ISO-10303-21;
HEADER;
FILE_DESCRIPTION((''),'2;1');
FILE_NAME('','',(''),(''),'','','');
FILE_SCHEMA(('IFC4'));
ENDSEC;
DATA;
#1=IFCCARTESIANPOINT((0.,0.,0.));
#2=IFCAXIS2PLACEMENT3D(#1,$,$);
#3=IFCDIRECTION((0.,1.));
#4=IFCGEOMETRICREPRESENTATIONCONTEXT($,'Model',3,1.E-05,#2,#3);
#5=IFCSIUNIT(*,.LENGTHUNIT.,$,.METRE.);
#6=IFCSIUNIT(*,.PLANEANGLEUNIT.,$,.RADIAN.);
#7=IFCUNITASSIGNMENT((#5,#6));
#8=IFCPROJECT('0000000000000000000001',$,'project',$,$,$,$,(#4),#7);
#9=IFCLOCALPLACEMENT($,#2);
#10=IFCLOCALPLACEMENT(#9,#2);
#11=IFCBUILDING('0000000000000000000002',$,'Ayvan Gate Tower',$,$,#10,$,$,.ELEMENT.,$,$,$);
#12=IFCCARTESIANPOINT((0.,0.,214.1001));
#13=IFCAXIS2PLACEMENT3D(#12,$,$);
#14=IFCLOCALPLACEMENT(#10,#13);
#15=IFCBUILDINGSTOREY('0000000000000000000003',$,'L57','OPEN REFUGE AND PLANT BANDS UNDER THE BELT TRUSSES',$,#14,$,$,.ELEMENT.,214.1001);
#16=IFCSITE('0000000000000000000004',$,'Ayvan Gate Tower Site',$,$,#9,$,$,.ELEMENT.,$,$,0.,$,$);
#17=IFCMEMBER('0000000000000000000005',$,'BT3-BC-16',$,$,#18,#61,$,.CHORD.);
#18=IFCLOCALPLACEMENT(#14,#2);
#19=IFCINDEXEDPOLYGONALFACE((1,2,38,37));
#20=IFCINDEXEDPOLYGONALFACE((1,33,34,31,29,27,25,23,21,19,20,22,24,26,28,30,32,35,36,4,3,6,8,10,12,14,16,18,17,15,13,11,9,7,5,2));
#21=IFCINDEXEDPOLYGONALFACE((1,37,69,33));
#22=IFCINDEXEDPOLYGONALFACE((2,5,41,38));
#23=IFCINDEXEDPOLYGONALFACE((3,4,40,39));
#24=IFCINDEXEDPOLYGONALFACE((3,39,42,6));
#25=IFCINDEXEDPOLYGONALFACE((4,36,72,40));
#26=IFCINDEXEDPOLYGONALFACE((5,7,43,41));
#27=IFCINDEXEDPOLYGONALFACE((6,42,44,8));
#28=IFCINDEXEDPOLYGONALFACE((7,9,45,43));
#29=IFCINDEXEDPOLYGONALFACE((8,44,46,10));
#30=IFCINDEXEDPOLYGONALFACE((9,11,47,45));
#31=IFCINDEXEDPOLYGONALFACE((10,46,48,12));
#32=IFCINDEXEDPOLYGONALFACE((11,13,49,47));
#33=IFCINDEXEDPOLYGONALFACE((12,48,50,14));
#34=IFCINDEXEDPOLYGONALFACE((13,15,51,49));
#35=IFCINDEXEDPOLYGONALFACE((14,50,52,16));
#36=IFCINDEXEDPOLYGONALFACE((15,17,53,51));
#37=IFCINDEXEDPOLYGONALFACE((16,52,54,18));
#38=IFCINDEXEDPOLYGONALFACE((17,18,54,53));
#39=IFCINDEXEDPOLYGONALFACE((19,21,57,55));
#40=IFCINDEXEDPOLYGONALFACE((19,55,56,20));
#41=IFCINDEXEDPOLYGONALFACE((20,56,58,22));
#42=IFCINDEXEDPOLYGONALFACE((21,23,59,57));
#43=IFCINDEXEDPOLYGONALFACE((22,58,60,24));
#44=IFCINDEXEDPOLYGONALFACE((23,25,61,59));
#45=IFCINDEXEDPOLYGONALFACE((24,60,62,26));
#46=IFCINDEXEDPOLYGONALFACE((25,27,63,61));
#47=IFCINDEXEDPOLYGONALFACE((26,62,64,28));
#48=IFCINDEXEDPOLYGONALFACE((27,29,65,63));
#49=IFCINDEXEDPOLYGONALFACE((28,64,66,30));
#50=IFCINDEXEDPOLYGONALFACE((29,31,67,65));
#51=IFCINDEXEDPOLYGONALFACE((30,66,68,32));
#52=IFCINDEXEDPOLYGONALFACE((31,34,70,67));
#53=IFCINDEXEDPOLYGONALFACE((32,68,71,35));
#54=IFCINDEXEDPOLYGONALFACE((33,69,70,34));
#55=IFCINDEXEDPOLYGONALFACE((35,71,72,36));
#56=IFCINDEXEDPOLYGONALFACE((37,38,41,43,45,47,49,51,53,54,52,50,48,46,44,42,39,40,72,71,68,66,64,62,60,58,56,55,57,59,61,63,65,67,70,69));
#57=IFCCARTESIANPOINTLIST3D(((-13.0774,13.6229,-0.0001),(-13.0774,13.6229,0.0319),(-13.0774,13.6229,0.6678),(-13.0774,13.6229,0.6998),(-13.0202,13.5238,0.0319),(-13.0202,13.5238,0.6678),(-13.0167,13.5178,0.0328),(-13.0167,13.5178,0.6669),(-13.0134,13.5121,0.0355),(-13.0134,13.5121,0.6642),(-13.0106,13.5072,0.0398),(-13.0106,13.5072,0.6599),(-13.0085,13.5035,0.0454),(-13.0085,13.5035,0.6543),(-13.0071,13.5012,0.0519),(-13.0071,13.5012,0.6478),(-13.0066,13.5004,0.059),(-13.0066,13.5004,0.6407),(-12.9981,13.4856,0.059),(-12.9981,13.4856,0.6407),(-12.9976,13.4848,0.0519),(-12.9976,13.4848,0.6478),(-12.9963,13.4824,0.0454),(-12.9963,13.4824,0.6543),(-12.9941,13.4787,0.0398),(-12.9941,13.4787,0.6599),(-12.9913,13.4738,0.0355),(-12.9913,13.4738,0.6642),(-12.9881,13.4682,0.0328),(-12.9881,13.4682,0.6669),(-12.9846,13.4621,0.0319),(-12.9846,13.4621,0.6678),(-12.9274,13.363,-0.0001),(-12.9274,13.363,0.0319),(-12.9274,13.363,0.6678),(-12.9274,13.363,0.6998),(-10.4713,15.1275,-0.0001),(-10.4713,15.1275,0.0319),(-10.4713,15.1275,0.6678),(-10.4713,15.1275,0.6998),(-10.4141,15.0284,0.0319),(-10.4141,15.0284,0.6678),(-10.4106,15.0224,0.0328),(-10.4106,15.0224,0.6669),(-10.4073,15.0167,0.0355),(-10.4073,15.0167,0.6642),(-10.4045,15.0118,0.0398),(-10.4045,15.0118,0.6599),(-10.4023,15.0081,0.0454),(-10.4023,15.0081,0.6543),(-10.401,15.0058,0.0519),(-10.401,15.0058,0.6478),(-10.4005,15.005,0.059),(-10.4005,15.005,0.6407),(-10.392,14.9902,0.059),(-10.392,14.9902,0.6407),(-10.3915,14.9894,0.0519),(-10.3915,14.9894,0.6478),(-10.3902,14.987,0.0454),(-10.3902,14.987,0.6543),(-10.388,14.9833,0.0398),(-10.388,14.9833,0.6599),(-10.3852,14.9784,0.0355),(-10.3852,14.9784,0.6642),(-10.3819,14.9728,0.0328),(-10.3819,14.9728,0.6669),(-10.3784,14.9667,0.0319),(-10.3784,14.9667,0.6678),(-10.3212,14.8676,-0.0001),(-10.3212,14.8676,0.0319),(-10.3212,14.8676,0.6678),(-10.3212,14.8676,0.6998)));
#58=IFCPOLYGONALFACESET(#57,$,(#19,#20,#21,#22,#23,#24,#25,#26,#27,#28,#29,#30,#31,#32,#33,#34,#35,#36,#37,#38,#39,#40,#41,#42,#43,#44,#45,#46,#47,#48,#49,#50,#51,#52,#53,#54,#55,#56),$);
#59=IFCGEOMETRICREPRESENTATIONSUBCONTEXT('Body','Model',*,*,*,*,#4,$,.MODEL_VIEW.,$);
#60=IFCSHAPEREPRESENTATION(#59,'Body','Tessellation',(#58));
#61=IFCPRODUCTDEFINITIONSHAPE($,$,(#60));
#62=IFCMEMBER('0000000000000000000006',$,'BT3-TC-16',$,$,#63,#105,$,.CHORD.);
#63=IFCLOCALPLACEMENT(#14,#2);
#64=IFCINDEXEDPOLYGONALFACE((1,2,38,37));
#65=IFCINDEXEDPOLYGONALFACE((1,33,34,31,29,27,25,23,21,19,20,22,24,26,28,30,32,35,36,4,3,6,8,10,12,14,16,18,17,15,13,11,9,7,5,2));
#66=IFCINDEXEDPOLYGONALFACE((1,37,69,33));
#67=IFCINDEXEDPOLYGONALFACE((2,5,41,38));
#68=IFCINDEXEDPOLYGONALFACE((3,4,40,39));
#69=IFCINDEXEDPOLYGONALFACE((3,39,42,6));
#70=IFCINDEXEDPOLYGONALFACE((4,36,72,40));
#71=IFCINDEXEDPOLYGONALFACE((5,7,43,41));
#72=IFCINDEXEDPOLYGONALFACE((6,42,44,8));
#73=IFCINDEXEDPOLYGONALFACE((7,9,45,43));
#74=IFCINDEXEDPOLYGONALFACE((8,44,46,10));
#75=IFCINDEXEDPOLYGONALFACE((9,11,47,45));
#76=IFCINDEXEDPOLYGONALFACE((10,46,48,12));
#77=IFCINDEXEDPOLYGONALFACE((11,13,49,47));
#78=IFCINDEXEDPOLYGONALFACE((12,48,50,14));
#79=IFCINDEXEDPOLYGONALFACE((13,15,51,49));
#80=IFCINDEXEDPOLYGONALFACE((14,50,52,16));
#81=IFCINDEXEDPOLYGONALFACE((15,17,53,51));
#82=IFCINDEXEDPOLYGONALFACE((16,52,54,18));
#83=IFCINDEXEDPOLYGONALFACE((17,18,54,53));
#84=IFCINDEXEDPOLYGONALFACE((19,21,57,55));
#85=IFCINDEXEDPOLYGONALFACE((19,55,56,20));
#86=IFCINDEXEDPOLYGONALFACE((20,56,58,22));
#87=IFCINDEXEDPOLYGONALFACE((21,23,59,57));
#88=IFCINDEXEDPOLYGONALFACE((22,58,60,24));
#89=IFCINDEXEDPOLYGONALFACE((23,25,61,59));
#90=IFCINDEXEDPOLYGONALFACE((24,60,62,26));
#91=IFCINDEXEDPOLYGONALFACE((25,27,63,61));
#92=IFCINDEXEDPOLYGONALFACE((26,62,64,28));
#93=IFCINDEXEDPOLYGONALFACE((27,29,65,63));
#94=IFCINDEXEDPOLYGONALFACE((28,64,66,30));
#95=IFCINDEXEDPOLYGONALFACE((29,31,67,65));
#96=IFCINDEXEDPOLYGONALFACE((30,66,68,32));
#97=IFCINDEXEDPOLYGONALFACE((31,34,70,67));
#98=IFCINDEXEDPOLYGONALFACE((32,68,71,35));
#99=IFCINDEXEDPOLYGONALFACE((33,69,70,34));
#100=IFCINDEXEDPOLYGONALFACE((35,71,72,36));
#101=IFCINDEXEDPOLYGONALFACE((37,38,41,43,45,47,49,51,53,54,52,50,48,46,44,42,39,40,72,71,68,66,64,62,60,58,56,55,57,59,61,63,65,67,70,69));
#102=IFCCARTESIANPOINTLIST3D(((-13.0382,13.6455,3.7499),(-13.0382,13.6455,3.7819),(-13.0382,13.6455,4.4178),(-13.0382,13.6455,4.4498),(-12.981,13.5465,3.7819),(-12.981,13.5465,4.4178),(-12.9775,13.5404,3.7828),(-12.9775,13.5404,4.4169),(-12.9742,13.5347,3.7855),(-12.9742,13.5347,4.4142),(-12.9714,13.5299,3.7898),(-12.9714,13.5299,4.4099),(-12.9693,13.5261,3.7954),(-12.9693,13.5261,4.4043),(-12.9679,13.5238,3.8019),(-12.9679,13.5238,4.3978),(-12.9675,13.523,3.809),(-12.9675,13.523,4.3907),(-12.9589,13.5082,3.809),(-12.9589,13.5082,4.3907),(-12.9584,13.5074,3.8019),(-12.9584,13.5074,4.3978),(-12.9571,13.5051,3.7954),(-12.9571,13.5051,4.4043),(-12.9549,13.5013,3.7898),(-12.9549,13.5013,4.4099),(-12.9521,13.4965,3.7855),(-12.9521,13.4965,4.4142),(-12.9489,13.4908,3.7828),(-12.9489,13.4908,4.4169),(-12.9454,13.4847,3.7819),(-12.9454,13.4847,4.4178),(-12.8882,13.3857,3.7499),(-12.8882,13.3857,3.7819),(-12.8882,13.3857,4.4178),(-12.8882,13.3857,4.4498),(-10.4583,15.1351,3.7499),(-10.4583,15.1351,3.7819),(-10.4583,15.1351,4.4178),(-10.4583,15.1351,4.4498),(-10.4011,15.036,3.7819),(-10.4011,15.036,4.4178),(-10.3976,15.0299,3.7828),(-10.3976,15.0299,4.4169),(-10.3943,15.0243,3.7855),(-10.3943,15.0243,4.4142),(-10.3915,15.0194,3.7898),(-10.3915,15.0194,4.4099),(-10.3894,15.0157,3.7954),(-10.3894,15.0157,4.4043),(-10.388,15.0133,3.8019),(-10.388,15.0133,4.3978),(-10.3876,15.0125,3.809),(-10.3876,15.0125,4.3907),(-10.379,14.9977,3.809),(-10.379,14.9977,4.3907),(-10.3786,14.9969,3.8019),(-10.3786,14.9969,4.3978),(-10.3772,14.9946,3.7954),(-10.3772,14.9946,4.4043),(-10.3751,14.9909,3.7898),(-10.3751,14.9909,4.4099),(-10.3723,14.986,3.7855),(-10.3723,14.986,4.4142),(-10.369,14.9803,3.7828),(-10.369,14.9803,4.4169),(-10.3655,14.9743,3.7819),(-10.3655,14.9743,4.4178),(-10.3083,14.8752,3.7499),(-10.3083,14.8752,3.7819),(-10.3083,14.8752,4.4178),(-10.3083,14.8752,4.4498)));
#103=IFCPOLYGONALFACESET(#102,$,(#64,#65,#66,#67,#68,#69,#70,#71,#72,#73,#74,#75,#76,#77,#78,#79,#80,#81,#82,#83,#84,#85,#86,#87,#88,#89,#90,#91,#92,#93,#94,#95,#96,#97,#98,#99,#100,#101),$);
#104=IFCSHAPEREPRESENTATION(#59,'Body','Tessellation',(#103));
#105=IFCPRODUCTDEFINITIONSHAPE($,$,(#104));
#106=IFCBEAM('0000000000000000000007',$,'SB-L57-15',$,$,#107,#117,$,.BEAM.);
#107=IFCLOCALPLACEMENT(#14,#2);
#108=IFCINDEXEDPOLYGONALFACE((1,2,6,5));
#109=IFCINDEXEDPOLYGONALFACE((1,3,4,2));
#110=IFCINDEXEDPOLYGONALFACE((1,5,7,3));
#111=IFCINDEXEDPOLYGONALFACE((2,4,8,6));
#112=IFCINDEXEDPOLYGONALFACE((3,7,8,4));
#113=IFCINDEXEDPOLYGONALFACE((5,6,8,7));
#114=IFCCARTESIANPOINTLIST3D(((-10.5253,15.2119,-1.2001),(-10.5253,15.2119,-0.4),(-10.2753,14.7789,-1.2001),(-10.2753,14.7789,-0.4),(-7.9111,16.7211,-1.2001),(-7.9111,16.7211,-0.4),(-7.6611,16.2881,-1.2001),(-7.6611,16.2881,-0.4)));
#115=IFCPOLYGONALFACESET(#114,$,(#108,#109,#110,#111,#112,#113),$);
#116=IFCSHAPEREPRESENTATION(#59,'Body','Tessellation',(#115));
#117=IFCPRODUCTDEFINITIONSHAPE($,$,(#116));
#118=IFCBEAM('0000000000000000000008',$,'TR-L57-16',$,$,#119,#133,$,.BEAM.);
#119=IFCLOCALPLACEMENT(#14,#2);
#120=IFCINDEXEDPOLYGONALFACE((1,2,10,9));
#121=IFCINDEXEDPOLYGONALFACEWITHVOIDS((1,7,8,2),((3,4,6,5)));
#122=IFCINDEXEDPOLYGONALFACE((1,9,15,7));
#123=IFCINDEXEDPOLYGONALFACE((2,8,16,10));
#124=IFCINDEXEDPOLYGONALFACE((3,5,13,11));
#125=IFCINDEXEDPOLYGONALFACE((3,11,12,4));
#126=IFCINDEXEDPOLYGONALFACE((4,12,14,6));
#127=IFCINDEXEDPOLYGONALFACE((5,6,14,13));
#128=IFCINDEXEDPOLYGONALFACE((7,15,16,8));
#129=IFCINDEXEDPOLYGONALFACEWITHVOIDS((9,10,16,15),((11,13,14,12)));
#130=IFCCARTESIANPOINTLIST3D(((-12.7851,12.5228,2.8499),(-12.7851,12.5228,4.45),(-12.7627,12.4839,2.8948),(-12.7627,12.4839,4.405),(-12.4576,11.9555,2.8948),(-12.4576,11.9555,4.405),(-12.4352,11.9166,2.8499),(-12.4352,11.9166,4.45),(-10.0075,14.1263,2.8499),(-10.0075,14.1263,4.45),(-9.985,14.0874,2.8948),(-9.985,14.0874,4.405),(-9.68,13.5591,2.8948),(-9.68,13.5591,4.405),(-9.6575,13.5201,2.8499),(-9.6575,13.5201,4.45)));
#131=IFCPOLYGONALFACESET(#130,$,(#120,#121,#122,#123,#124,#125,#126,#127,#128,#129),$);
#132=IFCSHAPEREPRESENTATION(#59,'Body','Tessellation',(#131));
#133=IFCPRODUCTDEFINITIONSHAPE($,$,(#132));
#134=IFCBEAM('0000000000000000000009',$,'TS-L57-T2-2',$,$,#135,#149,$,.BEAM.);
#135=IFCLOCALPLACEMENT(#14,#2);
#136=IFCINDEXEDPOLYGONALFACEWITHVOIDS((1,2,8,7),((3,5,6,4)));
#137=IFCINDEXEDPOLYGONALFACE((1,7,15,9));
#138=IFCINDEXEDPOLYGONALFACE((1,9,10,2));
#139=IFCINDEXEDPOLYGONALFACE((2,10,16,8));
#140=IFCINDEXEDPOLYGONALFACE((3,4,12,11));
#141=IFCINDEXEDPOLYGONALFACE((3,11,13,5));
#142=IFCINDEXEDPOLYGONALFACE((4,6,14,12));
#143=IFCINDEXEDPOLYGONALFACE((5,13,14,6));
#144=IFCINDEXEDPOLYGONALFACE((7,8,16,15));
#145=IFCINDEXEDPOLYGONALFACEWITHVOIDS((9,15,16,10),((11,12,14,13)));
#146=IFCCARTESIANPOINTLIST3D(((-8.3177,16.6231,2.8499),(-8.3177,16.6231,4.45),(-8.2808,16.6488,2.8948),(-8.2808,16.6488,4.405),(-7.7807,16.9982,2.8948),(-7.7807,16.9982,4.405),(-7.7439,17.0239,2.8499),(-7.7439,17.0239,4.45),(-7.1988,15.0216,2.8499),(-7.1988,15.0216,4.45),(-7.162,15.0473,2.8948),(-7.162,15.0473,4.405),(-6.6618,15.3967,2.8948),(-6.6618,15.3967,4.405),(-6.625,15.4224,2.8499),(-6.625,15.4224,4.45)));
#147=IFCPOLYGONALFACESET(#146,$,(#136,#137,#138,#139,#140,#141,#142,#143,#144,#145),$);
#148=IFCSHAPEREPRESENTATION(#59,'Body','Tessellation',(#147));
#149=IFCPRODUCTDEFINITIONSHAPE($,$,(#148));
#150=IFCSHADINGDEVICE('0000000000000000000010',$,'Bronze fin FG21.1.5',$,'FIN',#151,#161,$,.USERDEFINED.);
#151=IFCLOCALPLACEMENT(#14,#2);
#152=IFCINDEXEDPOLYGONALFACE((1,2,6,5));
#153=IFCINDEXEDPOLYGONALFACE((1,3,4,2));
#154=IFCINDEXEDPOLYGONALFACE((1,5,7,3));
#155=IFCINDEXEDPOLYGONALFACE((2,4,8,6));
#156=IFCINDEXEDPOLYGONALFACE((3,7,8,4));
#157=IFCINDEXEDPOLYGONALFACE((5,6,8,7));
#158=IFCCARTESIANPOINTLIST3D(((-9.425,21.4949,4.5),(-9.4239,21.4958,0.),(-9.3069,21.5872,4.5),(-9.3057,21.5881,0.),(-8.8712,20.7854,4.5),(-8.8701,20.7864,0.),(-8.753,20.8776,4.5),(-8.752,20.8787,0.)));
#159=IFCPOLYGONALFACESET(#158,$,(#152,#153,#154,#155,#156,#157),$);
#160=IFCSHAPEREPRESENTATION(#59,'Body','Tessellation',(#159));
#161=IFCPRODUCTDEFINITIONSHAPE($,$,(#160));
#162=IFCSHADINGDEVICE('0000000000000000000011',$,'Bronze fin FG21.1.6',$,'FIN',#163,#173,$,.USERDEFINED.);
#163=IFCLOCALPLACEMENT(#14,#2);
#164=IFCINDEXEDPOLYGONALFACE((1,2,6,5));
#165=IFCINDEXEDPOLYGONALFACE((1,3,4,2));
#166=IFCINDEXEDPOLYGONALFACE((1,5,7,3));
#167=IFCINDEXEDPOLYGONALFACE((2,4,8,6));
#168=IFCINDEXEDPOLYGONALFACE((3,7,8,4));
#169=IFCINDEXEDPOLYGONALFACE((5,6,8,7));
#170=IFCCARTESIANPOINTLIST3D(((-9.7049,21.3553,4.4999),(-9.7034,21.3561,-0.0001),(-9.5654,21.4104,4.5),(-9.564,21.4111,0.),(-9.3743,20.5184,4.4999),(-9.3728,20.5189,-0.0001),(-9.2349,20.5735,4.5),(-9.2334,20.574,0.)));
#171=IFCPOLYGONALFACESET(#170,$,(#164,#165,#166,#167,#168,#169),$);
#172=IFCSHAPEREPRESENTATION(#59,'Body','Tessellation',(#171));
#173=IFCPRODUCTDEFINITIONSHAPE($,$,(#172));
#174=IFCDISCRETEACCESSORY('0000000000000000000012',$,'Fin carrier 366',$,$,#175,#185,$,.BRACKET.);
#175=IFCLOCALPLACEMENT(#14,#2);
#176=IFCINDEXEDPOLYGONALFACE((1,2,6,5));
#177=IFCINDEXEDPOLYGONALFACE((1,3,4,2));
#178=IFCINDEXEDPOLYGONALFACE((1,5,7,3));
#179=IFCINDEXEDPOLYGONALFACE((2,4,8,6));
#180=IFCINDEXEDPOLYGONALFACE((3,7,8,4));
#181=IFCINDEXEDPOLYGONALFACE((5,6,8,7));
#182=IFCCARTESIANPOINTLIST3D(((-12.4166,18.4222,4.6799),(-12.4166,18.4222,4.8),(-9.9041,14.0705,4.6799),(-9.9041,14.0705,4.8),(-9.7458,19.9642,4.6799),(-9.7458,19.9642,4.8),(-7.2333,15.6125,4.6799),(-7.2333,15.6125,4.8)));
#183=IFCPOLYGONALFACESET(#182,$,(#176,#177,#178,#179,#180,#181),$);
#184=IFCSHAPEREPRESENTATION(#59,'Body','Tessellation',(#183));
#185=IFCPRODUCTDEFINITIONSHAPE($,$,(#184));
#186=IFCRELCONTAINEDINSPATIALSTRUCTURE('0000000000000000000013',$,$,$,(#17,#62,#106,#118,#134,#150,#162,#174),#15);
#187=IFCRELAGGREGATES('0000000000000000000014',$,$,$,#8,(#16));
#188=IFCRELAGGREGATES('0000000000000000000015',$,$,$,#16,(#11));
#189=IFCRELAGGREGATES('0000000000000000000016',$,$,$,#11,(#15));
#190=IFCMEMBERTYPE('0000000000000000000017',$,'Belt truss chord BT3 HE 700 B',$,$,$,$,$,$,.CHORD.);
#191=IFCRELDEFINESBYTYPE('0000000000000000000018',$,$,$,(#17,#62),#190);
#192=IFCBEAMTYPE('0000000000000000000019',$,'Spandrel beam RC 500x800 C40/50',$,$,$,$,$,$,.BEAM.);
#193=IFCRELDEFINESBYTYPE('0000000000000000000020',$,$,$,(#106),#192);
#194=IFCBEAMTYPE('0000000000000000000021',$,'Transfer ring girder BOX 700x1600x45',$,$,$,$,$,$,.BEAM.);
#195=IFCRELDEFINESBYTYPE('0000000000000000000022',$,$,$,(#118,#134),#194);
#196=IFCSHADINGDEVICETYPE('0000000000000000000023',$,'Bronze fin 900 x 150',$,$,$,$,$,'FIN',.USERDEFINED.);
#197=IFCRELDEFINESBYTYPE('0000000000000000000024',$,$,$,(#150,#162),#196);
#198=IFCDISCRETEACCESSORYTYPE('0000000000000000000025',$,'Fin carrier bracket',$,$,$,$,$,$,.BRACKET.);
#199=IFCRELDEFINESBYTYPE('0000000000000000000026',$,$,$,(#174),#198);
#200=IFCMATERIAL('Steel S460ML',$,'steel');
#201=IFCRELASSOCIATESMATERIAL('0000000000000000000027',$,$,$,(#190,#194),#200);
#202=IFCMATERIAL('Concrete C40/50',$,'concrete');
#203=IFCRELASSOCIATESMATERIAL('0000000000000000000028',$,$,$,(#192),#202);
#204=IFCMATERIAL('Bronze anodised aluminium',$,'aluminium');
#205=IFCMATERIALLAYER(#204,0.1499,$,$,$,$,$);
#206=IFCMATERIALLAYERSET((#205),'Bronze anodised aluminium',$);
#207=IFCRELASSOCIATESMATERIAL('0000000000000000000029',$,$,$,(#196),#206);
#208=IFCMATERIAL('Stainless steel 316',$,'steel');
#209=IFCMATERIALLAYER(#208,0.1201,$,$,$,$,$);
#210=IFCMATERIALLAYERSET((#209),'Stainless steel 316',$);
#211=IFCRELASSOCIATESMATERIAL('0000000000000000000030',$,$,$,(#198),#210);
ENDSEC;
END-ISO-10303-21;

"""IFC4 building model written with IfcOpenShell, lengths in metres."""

from ifc_helpers import new_model, si_unit, direction, frame, origin, origin_2d, place, context, subcontext, project, spatial, polyline, rectangle, hollow_rectangle, i_section, outline, extrude, material, layer, layer_set, material_profile, profile_set, type_object, element, save


model = new_model("IFC4")

# Units and contexts
model_context = context("Model", 3, precision=1e-05, world=origin(), true_north=direction((0.0, 1.0)))
body_context = subcontext(model_context, "Body", "Model", "MODEL_VIEW")
ifc_project = project(units=[si_unit("LENGTHUNIT", "METRE"), si_unit("PLANEANGLEUNIT", "RADIAN")], contexts=[model_context])

# Site, building, storey
site_placement = place(None, origin())
site = spatial("IfcSite", under=ifc_project, at=site_placement, Name="Ayvan Gate Tower Site", CompositionType="ELEMENT", RefElevation=0.0)
building_placement = place(site_placement, origin())
building = spatial("IfcBuilding", under=site, at=building_placement, Name="Ayvan Gate Tower", CompositionType="ELEMENT")
storey_placement = place(building_placement, frame((0.0, 0.0, 214.1001)))
storey = spatial("IfcBuildingStorey", under=building, at=storey_placement, Name="L57", Description="OPEN REFUGE AND PLANT BANDS UNDER THE BELT TRUSSES", CompositionType="ELEMENT", Elevation=214.1001)

# Members
ifc_material_1 = material(Name="Steel S460ML", Category="steel")
ifc_material_profile_1 = material_profile(ifc_material_1, i_section(OverallWidth=0.3, OverallDepth=0.7, WebThickness=0.0171, FlangeThickness=0.032, FilletRadius=0.0271, at=origin_2d()), Name="HE 700 B")
ifc_profile_set_1 = profile_set([ifc_material_profile_1], Name="Steel S460ML")
member_type_1 = type_object("IfcMemberType", Name="Belt truss chord BT3 HE 700 B", PredefinedType="CHORD", material=ifc_profile_set_1)
member_1_placement = place(storey_placement, frame((-10.3962, 14.9976, 0.3499), z_axis=(-0.866033, -0.499987, 0.0), x_axis=(0.499987, -0.866033, 0.0)))
element("IfcMember", 1, at=member_1_placement, inside=storey, type_object=member_type_1, Name="BT3-BC-16", PredefinedType="CHORD", context=body_context, shape_type="SweptSolid", body=[
    extrude(i_section(OverallWidth=0.3, OverallDepth=0.7, WebThickness=0.0171, FlangeThickness=0.032, FilletRadius=0.0271, at=origin_2d()), origin(), (0.0, 0.0, 1.0), 3.0093),
])
member_2_placement = place(storey_placement, frame((-10.3833, 15.0051, 4.0999), z_axis=(-0.86602, -0.500009, 0.0), x_axis=(0.500009, -0.86602, 0.0)))
element("IfcMember", 2, at=member_2_placement, inside=storey, type_object=member_type_1, Name="BT3-TC-16", PredefinedType="CHORD", context=body_context, shape_type="SweptSolid", body=[
    extrude(i_section(OverallWidth=0.3, OverallDepth=0.7, WebThickness=0.0171, FlangeThickness=0.032, FilletRadius=0.0271, at=origin_2d()), origin(), (0.0, 0.0, 1.0), 2.979),
])

# Beams
ifc_material_2 = material(Name="Concrete C40/50", Category="concrete")
ifc_material_profile_2 = material_profile(ifc_material_2, rectangle(XDim=0.5, YDim=0.8, at=origin_2d()), Name="RC 500x800")
ifc_profile_set_2 = profile_set([ifc_material_profile_2], Name="Concrete C40/50")
beam_type_1 = type_object("IfcBeamType", Name="Spandrel beam RC 500x800 C40/50", PredefinedType="BEAM", material=ifc_profile_set_2)
beam_1_placement = place(storey_placement, frame((-7.7861, 16.5046, -0.8), z_axis=(-0.866035, -0.499984, 0.0), x_axis=(0.499984, -0.866035, 0.0)))
element("IfcBeam", 3, at=beam_1_placement, inside=storey, type_object=beam_type_1, Name="SB-L57-15", PredefinedType="BEAM", context=body_context, shape_type="SweptSolid", body=[
    extrude(rectangle(XDim=0.5, YDim=0.8, at=origin_2d()), origin(), (0.0, 0.0, 1.0), 3.0186),
])
ifc_material_profile_3 = material_profile(ifc_material_1, hollow_rectangle(XDim=0.7, YDim=1.6001, WallThickness=0.0449, at=origin_2d()), Name="BOX 700x1600x45")
ifc_profile_set_3 = profile_set([ifc_material_profile_3], Name="Steel S460ML")
beam_type_2 = type_object("IfcBeamType", Name="Transfer ring girder BOX 700x1600x45", PredefinedType="BEAM", material=ifc_profile_set_3)
beam_2_placement = place(storey_placement, frame((-9.8325, 13.8232, 3.6499), z_axis=(-0.866042, -0.499971, 0.0), x_axis=(0.499971, -0.866042, 0.0)))
element("IfcBeam", 4, at=beam_2_placement, inside=storey, type_object=beam_type_2, Name="TR-L57-16", PredefinedType="BEAM", context=body_context, shape_type="SweptSolid", body=[
    extrude(hollow_rectangle(XDim=0.7, YDim=1.6001, WallThickness=0.0449, at=origin_2d()), origin(), (0.0, 0.0, 1.0), 3.2073),
])
beam_3_placement = place(storey_placement, frame((-8.0308, 16.8235, 3.6499), z_axis=(0.572707, -0.81976, 0.0), x_axis=(0.81976, 0.572707, 0.0)))
element("IfcBeam", 5, at=beam_3_placement, inside=storey, type_object=beam_type_2, Name="TS-L57-T2-2", PredefinedType="BEAM", context=body_context, shape_type="SweptSolid", body=[
    extrude(hollow_rectangle(XDim=0.7, YDim=1.6001, WallThickness=0.0449, at=origin_2d()), origin(), (0.0, 0.0, 1.0), 1.9536),
])

# Shading devices
ifc_material_3 = material(Name="Bronze anodised aluminium", Category="aluminium")
ifc_layer_1 = layer(ifc_material_3, 0.1499)
ifc_layer_set_1 = layer_set([ifc_layer_1], Name="Bronze anodised aluminium")
shading_device_type = type_object("IfcShadingDeviceType", Name="Bronze fin 900 x 150", ElementType="FIN", PredefinedType="USERDEFINED", material=ifc_layer_set_1)
shading_device_1_placement = place(storey_placement, frame((-8.752, 20.8787, 0.0), z_axis=(0.788263, 0.615339, 0.000326), x_axis=(-0.615339, 0.788263, 0.0)))
element("IfcShadingDevice", 6, at=shading_device_1_placement, inside=storey, type_object=shading_device_type, Name="Bronze fin FG21.1.5", ObjectType="FIN", PredefinedType="USERDEFINED", context=body_context, shape_type="SweptSolid", body=[
    extrude(outline(polyline([(0.0, 0.0), (0.9, 0.0), (0.9, 4.5), (-0.0002, 4.5), (0.0, 0.0)])), origin(), (0.0, 0.0, -1.0), 0.1499),
])
shading_device_2_placement = place(storey_placement, frame((-9.2334, 20.574, 0.0), z_axis=(0.930095, 0.367318, 0.000353), x_axis=(-0.367318, 0.930095, 0.0)))
element("IfcShadingDevice", 7, at=shading_device_2_placement, inside=storey, type_object=shading_device_type, Name="Bronze fin FG21.1.6", ObjectType="FIN", PredefinedType="USERDEFINED", context=body_context, shape_type="SweptSolid", body=[
    extrude(outline(polyline([(0.0, 0.0), (0.9001, 0.0), (0.8999, 4.5), (0.0001, 4.5), (0.0, 0.0)])), origin(), (0.0, 0.0, -1.0), 0.1499),
])

# Discrete accessory
ifc_material_4 = material(Name="Stainless steel 316", Category="steel")
ifc_layer_2 = layer(ifc_material_4, 0.1201)
ifc_layer_set_2 = layer_set([ifc_layer_2], Name="Stainless steel 316")
discrete_accessory_type_1 = type_object("IfcDiscreteAccessoryType", Name="Fin carrier bracket", PredefinedType="BRACKET", material=ifc_layer_set_2)
discrete_accessory_1_placement = place(storey_placement, frame((-9.825, 17.0173, 4.6799), z_axis=(0.0, 0.0, 1.0), x_axis=(-0.866025, -0.5, 0.0)))
element("IfcDiscreteAccessory", 8, at=discrete_accessory_1_placement, inside=storey, type_object=discrete_accessory_type_1, Name="Fin carrier 366", PredefinedType="BRACKET", context=body_context, shape_type="SweptSolid", body=[
    extrude(rectangle(XDim=3.084, YDim=5.0249, at=origin_2d()), origin(), (0.0, 0.0, 1.0), 0.1201),
])

save(model, "model.ifc")
